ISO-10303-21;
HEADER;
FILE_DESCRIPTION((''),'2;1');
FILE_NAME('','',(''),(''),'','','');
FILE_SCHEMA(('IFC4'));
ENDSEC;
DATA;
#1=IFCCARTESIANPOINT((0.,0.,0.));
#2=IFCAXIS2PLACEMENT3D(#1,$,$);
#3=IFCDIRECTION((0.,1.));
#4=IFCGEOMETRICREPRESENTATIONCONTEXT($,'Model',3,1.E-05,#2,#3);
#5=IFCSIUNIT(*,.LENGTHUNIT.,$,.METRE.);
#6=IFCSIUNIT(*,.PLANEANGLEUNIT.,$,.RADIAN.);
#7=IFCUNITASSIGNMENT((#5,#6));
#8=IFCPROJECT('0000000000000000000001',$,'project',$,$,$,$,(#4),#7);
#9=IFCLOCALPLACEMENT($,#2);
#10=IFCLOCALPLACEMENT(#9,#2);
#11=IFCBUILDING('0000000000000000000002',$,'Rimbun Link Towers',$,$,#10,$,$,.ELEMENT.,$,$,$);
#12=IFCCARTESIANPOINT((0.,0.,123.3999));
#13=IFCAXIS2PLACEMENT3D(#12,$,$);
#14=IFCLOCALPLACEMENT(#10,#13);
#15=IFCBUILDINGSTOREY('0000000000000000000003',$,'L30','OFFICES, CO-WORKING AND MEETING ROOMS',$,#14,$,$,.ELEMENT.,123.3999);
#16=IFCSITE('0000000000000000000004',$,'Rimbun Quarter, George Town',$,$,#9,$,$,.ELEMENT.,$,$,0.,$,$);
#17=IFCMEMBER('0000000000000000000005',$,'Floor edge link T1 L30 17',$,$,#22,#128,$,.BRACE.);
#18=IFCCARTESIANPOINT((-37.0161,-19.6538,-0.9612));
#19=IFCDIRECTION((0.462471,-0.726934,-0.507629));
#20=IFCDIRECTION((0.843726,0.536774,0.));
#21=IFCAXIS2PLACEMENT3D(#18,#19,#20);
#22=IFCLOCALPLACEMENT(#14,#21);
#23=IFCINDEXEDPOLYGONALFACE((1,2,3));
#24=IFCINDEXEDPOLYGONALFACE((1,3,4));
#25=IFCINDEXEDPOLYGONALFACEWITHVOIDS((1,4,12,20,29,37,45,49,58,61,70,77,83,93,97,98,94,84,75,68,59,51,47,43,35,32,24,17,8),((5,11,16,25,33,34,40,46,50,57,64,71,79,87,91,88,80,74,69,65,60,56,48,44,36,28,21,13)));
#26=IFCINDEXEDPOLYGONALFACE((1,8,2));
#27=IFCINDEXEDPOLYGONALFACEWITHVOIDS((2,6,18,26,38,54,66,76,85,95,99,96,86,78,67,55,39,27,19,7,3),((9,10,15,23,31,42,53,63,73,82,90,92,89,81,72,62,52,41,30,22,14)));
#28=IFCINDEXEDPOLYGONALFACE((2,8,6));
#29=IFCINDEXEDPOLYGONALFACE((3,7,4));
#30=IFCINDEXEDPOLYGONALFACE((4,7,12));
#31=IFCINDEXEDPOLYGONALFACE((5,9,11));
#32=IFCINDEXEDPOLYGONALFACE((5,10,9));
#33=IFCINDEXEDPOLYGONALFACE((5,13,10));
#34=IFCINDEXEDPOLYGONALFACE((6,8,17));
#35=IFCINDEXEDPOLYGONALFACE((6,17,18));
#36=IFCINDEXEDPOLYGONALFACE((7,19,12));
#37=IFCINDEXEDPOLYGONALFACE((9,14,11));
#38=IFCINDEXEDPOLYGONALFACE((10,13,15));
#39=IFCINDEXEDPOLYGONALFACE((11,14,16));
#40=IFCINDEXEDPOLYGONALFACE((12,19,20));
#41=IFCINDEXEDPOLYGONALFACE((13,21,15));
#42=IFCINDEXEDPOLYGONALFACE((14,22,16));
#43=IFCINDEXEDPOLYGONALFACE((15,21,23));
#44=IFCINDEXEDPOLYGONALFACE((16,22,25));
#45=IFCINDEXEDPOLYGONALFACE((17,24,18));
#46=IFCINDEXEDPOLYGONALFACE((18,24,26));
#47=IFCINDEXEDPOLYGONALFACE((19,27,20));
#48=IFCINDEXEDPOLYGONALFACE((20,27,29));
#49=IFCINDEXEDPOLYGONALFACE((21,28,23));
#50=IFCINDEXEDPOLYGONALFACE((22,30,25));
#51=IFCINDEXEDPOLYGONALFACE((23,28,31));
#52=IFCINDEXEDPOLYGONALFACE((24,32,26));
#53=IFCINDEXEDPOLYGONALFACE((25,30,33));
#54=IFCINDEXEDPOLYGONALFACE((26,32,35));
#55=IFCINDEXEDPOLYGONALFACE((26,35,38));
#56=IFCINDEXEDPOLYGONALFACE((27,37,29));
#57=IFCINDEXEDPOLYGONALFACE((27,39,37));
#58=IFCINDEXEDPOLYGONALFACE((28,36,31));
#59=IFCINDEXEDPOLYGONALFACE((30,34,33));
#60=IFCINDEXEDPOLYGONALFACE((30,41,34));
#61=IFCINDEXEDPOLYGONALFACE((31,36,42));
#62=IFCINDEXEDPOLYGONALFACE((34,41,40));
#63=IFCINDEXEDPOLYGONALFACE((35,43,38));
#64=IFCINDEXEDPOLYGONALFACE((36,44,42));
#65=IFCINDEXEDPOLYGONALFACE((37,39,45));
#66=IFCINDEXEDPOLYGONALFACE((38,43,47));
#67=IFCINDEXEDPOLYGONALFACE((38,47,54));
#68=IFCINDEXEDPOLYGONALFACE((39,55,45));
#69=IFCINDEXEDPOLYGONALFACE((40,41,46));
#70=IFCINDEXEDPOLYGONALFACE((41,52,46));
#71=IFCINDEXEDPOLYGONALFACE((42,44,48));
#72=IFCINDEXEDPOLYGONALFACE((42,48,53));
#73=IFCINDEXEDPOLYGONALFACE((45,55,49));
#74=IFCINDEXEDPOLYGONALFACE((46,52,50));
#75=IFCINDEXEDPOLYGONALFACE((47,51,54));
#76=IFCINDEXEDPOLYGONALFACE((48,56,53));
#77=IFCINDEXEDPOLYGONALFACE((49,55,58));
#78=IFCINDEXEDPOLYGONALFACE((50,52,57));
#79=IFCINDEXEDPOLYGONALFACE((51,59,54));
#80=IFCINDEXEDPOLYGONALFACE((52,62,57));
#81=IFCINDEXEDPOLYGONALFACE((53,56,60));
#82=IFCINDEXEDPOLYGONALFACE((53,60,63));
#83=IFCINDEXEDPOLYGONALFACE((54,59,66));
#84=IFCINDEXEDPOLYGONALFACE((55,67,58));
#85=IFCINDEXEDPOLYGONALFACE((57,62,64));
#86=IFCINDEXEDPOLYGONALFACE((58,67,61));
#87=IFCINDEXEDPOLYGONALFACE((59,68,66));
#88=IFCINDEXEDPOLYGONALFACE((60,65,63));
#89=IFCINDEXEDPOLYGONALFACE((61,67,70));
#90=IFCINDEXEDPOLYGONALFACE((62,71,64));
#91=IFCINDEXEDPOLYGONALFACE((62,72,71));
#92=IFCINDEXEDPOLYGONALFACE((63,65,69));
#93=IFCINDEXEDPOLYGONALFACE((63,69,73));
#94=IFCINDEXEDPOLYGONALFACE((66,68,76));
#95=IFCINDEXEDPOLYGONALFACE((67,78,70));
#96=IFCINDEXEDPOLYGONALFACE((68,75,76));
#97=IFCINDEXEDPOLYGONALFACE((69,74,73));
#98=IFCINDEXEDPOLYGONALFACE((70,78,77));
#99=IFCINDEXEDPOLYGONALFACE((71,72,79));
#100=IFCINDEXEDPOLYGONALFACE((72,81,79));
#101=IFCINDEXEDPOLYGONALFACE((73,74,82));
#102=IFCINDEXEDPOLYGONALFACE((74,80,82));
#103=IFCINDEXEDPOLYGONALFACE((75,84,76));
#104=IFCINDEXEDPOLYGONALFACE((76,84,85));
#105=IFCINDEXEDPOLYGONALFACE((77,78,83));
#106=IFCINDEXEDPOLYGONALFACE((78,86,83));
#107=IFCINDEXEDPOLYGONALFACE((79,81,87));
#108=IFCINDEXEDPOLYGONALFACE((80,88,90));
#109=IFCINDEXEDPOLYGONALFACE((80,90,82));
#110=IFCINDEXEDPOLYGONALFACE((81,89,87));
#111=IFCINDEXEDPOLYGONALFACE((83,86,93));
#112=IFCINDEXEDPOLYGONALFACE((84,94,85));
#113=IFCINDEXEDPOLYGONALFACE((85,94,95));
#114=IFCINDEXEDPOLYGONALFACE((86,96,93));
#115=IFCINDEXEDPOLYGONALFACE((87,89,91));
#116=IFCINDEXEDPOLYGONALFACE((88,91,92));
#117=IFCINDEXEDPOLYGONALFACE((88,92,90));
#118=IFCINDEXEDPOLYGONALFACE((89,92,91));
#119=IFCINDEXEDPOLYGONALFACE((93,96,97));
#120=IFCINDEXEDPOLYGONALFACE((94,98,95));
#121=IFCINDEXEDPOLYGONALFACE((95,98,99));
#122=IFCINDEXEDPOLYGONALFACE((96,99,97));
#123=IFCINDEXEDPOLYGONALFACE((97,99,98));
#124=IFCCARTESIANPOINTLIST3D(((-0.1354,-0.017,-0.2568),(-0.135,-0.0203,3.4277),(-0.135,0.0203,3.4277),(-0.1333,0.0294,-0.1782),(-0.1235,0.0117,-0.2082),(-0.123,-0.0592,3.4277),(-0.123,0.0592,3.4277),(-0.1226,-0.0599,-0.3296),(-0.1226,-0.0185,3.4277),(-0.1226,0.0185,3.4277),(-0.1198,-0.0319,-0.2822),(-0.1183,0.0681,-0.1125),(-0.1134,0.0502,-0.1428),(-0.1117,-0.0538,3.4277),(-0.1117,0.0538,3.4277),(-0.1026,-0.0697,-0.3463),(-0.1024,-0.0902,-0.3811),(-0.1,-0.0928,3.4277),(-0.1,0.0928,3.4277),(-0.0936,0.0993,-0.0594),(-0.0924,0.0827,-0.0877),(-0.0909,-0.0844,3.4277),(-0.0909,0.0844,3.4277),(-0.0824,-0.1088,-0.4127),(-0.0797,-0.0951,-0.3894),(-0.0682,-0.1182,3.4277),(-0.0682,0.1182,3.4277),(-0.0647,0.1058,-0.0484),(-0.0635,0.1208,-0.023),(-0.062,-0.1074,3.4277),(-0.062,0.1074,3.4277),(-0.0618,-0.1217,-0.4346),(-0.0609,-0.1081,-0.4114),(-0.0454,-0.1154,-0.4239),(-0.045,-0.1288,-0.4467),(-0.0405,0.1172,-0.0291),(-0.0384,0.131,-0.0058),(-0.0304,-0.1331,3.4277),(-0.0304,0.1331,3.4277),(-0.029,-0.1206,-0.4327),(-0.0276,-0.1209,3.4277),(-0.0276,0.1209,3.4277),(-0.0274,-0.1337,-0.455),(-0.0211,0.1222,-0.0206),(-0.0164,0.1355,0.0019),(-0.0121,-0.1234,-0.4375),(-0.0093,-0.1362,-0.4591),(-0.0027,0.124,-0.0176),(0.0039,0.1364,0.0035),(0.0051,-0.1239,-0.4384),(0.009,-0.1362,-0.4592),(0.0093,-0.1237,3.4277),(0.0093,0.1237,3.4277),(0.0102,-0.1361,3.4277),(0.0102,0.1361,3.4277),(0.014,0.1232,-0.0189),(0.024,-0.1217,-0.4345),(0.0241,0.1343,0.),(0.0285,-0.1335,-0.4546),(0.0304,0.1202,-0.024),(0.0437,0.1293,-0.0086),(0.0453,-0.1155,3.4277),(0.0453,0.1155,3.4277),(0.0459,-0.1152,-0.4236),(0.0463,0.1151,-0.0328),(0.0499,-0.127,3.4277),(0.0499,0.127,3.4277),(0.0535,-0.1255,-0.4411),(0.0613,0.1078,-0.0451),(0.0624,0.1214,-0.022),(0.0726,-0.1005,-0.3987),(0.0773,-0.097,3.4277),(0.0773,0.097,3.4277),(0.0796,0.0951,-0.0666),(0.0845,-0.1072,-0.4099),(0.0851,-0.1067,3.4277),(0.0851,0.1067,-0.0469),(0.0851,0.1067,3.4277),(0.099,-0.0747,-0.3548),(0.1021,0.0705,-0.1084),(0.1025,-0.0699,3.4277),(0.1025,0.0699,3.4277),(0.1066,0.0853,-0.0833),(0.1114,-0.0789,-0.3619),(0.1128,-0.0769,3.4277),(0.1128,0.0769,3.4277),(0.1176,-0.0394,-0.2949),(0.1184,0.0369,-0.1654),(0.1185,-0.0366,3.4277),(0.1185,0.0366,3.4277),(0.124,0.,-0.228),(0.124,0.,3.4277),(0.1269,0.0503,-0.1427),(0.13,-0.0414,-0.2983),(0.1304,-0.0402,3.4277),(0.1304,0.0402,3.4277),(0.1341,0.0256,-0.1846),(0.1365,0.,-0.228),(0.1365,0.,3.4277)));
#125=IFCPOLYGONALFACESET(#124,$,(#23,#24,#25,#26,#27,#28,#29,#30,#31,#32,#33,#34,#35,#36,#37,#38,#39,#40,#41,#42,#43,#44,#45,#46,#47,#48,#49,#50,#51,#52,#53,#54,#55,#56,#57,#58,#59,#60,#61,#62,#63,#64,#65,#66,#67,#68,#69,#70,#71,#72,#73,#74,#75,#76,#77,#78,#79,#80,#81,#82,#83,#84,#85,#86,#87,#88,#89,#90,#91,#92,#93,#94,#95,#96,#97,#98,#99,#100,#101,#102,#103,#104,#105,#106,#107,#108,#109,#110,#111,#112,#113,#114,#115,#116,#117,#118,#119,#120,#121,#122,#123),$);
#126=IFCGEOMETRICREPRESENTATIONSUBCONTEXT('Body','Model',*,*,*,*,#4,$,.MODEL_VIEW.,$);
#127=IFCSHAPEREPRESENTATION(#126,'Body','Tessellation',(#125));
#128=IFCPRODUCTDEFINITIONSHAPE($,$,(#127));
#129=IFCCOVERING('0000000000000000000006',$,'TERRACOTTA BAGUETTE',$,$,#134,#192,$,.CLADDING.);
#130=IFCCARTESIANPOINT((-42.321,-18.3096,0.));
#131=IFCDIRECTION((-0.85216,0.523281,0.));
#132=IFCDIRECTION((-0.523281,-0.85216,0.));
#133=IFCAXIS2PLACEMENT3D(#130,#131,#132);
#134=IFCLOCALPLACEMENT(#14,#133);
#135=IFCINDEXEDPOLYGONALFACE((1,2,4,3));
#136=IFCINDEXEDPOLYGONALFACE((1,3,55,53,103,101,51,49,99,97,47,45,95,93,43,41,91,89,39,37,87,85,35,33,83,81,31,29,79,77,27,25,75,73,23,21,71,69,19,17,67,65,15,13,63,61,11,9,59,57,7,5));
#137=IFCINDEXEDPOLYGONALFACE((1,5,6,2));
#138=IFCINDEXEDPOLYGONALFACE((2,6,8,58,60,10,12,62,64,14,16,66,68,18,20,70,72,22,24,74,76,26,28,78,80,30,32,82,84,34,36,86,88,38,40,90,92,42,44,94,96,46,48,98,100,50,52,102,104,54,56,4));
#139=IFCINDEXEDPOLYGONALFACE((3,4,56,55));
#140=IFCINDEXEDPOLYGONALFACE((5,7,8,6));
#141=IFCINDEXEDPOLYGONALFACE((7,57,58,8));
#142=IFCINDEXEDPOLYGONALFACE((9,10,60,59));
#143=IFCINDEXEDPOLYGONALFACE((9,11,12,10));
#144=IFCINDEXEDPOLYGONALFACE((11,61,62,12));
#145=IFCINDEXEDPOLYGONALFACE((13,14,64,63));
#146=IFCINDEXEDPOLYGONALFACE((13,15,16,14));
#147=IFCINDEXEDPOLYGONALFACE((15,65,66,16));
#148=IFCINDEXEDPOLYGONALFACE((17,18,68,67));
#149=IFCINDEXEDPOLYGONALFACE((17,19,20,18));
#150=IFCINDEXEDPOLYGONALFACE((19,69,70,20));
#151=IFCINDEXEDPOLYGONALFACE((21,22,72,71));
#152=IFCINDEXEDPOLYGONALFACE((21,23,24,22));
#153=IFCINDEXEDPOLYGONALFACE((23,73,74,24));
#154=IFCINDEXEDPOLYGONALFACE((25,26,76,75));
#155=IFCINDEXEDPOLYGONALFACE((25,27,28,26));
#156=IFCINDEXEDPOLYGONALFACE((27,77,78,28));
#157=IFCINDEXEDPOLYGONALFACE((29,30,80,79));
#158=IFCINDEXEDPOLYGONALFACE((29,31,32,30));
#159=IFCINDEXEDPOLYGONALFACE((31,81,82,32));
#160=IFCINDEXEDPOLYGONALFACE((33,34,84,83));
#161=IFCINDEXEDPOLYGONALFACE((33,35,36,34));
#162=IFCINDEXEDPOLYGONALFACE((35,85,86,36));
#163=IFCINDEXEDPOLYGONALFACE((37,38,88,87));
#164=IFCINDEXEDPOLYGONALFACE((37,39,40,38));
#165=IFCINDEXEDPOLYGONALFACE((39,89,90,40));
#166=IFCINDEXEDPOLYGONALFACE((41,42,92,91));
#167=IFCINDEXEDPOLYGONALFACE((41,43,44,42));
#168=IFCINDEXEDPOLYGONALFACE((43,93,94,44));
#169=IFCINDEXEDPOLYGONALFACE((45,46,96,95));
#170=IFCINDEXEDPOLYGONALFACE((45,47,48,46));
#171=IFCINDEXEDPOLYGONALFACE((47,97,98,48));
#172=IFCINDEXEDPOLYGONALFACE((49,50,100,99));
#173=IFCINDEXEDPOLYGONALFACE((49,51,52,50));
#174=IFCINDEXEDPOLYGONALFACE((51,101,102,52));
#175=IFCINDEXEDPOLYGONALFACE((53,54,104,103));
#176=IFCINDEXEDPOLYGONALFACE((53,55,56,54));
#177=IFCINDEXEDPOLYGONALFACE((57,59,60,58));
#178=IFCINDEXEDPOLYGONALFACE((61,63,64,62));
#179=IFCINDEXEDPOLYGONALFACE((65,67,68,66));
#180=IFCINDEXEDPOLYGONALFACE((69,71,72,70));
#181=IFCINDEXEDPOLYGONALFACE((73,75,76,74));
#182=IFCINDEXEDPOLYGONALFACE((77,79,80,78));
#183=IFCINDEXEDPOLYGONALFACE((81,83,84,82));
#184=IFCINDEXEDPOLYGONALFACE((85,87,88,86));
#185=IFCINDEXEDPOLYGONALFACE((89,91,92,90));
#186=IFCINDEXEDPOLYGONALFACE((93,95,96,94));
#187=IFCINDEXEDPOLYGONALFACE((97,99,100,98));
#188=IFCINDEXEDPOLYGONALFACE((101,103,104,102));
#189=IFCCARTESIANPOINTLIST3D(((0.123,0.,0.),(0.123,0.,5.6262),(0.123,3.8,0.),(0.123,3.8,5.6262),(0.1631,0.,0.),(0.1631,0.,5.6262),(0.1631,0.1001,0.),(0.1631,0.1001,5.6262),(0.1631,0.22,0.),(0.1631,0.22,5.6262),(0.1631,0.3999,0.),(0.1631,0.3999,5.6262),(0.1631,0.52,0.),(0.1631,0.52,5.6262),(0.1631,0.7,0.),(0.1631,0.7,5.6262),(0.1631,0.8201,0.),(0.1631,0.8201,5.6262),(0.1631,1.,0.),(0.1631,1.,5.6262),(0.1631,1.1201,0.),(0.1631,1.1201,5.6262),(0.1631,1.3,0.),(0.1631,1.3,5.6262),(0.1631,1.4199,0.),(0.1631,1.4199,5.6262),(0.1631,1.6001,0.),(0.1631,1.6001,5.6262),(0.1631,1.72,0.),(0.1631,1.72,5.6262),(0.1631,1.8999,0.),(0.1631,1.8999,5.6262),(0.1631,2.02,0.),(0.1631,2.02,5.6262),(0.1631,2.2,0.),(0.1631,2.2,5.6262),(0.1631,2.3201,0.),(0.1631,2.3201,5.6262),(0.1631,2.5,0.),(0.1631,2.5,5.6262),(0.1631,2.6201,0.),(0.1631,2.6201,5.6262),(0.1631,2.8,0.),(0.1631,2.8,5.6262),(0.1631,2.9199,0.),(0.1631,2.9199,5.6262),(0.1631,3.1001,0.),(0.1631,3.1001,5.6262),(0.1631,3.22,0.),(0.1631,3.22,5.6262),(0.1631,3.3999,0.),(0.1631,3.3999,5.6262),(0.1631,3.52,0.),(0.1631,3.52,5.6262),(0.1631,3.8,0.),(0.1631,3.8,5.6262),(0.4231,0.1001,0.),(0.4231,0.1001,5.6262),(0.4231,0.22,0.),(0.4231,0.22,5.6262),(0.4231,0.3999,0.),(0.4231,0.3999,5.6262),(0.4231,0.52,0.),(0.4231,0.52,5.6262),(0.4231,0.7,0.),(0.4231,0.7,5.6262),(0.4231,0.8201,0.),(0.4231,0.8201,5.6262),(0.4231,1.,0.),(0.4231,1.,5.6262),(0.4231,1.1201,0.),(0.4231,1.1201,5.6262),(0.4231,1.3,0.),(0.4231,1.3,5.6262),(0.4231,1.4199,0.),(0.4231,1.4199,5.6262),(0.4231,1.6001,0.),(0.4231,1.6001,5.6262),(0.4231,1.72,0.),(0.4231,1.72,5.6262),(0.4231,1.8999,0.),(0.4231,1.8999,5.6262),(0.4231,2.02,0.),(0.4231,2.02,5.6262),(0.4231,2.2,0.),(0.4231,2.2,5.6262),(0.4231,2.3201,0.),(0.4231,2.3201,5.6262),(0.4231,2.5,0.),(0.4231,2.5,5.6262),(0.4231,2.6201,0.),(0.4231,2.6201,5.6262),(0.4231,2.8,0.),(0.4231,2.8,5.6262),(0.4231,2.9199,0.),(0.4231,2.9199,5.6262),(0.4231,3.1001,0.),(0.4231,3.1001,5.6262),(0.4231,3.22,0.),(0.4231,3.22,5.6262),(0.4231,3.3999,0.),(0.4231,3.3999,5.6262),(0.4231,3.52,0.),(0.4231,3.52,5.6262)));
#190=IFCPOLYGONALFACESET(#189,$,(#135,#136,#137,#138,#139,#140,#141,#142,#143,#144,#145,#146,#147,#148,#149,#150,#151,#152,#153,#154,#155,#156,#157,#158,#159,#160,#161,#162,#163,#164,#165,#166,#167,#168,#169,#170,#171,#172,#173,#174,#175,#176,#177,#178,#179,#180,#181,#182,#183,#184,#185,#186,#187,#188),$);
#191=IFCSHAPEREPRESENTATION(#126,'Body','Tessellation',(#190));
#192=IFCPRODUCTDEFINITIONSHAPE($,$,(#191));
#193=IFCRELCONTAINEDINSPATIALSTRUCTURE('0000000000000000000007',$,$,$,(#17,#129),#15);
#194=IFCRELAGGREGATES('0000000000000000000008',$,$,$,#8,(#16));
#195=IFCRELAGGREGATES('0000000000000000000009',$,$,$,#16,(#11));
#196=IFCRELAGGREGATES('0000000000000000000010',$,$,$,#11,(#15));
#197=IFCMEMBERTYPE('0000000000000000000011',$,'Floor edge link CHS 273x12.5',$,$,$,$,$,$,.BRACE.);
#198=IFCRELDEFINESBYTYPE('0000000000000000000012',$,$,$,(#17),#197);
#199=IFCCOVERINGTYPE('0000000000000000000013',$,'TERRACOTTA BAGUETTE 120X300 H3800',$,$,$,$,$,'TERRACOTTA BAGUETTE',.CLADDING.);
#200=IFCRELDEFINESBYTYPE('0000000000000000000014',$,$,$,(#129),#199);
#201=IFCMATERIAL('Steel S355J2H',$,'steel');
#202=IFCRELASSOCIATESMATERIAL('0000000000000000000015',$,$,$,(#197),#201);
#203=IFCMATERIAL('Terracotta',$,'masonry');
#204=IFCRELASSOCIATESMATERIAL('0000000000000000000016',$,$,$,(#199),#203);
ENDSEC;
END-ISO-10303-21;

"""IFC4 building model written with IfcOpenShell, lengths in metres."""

from ifc_helpers import new_model, si_unit, direction, frame, origin, origin_2d, place, context, subcontext, project, spatial, polyline, hollow_circle, outline, extrude, clip, halfspace, material, material_profile, profile_set, type_object, element, save


model = new_model("IFC4")

# Units and contexts
model_context = context("Model", 3, precision=1e-05, world=origin(), true_north=direction((0.0, 1.0)))
body_context = subcontext(model_context, "Body", "Model", "MODEL_VIEW")
ifc_project = project(units=[si_unit("LENGTHUNIT", "METRE"), si_unit("PLANEANGLEUNIT", "RADIAN")], contexts=[model_context])

# Site, building, storey
site_placement = place(None, origin())
site = spatial("IfcSite", under=ifc_project, at=site_placement, Name="Rimbun Quarter, George Town", CompositionType="ELEMENT", RefElevation=0.0)
building_placement = place(site_placement, origin())
building = spatial("IfcBuilding", under=site, at=building_placement, Name="Rimbun Link Towers", CompositionType="ELEMENT")
storey_placement = place(building_placement, frame((0.0, 0.0, 123.3999)))
storey = spatial("IfcBuildingStorey", under=building, at=storey_placement, Name="L30", Description="OFFICES, CO-WORKING AND MEETING ROOMS", CompositionType="ELEMENT", Elevation=123.3999)

# Member
ifc_material_1 = material(Name="Steel S355J2H", Category="steel")
ifc_material_profile_1 = material_profile(ifc_material_1, hollow_circle(Radius=0.1365, WallThickness=0.0125, at=origin_2d()), Name="CHS 273x12.5")
ifc_profile_set_1 = profile_set([ifc_material_profile_1], Name="Steel S355J2H")
member_type_1 = type_object("IfcMemberType", Name="Floor edge link CHS 273x12.5", PredefinedType="BRACE", material=ifc_profile_set_1)
member_1_placement = place(storey_placement, frame((-37.0161, -19.6538, -0.9612), z_axis=(0.462471, -0.726934, -0.507629), x_axis=(0.843726, 0.536774, 0.0)))
element("IfcMember", 1, at=member_1_placement, inside=storey, type_object=member_type_1, Name="Floor edge link T1 L30 17", PredefinedType="BRACE", context=body_context, shape_type="Clipping", body=[
    clip(extrude(hollow_circle(Radius=0.1365, WallThickness=0.0125, at=origin_2d()), frame((0.0, 0.0, -0.4832)), (0.0, 0.0, 1.0), 3.9109), halfspace(frame((0.0, 0.0, -0.228), z_axis=(0.0, 0.861576, -0.507629)), False)),
])

# Covering
ifc_material_2 = material(Name="Terracotta", Category="masonry")
ifc_material_profile_2 = material_profile(ifc_material_2, outline(polyline([(0.123, 0.0), (0.1631, 0.0), (0.1631, 0.1001), (0.4231, 0.1001), (0.4231, 0.22), (0.1631, 0.22), (0.1631, 0.3999), (0.4231, 0.3999), (0.4231, 0.52), (0.1631, 0.52), (0.1631, 0.7), (0.4231, 0.7), (0.4231, 0.8201), (0.1631, 0.8201), (0.1631, 1.0), (0.4231, 1.0), (0.4231, 1.1201), (0.1631, 1.1201), (0.1631, 1.3), (0.4231, 1.3), (0.4231, 1.4199), (0.1631, 1.4199), (0.1631, 1.6001), (0.4231, 1.6001), (0.4231, 1.72), (0.1631, 1.72), (0.1631, 1.8999), (0.4231, 1.8999), (0.4231, 2.02), (0.1631, 2.02), (0.1631, 2.2), (0.4231, 2.2), (0.4231, 2.3201), (0.1631, 2.3201), (0.1631, 2.5), (0.4231, 2.5), (0.4231, 2.6201), (0.1631, 2.6201), (0.1631, 2.8), (0.4231, 2.8), (0.4231, 2.9199), (0.1631, 2.9199), (0.1631, 3.1001), (0.4231, 3.1001), (0.4231, 3.22), (0.1631, 3.22), (0.1631, 3.3999), (0.4231, 3.3999), (0.4231, 3.52), (0.1631, 3.52), (0.1631, 3.8), (0.123, 3.8), (0.123, 0.0)])), Name="BAGUETTE 120X300")
ifc_profile_set_2 = profile_set([ifc_material_profile_2], Name="Terracotta")
covering_type = type_object("IfcCoveringType", Name="TERRACOTTA BAGUETTE 120X300 H3800", ElementType="TERRACOTTA BAGUETTE", PredefinedType="CLADDING", material=ifc_profile_set_2)
covering_1_placement = place(storey_placement, frame((-42.321, -18.3096, 0.0), z_axis=(-0.85216, 0.523281, 0.0), x_axis=(-0.523281, -0.85216, 0.0)))
element("IfcCovering", 2, at=covering_1_placement, inside=storey, type_object=covering_type, Name="TERRACOTTA BAGUETTE", PredefinedType="CLADDING", context=body_context, shape_type="SweptSolid", body=[
    extrude(outline(polyline([(0.123, 0.0), (0.1631, 0.0), (0.1631, 0.1001), (0.4231, 0.1001), (0.4231, 0.22), (0.1631, 0.22), (0.1631, 0.3999), (0.4231, 0.3999), (0.4231, 0.52), (0.1631, 0.52), (0.1631, 0.7), (0.4231, 0.7), (0.4231, 0.8201), (0.1631, 0.8201), (0.1631, 1.0), (0.4231, 1.0), (0.4231, 1.1201), (0.1631, 1.1201), (0.1631, 1.3), (0.4231, 1.3), (0.4231, 1.4199), (0.1631, 1.4199), (0.1631, 1.6001), (0.4231, 1.6001), (0.4231, 1.72), (0.1631, 1.72), (0.1631, 1.8999), (0.4231, 1.8999), (0.4231, 2.02), (0.1631, 2.02), (0.1631, 2.2), (0.4231, 2.2), (0.4231, 2.3201), (0.1631, 2.3201), (0.1631, 2.5), (0.4231, 2.5), (0.4231, 2.6201), (0.1631, 2.6201), (0.1631, 2.8), (0.4231, 2.8), (0.4231, 2.9199), (0.1631, 2.9199), (0.1631, 3.1001), (0.4231, 3.1001), (0.4231, 3.22), (0.1631, 3.22), (0.1631, 3.3999), (0.4231, 3.3999), (0.4231, 3.52), (0.1631, 3.52), (0.1631, 3.8), (0.123, 3.8), (0.123, 0.0)])), origin(), (0.0, 0.0, 1.0), 5.6262),
])

save(model, "model.ifc")
